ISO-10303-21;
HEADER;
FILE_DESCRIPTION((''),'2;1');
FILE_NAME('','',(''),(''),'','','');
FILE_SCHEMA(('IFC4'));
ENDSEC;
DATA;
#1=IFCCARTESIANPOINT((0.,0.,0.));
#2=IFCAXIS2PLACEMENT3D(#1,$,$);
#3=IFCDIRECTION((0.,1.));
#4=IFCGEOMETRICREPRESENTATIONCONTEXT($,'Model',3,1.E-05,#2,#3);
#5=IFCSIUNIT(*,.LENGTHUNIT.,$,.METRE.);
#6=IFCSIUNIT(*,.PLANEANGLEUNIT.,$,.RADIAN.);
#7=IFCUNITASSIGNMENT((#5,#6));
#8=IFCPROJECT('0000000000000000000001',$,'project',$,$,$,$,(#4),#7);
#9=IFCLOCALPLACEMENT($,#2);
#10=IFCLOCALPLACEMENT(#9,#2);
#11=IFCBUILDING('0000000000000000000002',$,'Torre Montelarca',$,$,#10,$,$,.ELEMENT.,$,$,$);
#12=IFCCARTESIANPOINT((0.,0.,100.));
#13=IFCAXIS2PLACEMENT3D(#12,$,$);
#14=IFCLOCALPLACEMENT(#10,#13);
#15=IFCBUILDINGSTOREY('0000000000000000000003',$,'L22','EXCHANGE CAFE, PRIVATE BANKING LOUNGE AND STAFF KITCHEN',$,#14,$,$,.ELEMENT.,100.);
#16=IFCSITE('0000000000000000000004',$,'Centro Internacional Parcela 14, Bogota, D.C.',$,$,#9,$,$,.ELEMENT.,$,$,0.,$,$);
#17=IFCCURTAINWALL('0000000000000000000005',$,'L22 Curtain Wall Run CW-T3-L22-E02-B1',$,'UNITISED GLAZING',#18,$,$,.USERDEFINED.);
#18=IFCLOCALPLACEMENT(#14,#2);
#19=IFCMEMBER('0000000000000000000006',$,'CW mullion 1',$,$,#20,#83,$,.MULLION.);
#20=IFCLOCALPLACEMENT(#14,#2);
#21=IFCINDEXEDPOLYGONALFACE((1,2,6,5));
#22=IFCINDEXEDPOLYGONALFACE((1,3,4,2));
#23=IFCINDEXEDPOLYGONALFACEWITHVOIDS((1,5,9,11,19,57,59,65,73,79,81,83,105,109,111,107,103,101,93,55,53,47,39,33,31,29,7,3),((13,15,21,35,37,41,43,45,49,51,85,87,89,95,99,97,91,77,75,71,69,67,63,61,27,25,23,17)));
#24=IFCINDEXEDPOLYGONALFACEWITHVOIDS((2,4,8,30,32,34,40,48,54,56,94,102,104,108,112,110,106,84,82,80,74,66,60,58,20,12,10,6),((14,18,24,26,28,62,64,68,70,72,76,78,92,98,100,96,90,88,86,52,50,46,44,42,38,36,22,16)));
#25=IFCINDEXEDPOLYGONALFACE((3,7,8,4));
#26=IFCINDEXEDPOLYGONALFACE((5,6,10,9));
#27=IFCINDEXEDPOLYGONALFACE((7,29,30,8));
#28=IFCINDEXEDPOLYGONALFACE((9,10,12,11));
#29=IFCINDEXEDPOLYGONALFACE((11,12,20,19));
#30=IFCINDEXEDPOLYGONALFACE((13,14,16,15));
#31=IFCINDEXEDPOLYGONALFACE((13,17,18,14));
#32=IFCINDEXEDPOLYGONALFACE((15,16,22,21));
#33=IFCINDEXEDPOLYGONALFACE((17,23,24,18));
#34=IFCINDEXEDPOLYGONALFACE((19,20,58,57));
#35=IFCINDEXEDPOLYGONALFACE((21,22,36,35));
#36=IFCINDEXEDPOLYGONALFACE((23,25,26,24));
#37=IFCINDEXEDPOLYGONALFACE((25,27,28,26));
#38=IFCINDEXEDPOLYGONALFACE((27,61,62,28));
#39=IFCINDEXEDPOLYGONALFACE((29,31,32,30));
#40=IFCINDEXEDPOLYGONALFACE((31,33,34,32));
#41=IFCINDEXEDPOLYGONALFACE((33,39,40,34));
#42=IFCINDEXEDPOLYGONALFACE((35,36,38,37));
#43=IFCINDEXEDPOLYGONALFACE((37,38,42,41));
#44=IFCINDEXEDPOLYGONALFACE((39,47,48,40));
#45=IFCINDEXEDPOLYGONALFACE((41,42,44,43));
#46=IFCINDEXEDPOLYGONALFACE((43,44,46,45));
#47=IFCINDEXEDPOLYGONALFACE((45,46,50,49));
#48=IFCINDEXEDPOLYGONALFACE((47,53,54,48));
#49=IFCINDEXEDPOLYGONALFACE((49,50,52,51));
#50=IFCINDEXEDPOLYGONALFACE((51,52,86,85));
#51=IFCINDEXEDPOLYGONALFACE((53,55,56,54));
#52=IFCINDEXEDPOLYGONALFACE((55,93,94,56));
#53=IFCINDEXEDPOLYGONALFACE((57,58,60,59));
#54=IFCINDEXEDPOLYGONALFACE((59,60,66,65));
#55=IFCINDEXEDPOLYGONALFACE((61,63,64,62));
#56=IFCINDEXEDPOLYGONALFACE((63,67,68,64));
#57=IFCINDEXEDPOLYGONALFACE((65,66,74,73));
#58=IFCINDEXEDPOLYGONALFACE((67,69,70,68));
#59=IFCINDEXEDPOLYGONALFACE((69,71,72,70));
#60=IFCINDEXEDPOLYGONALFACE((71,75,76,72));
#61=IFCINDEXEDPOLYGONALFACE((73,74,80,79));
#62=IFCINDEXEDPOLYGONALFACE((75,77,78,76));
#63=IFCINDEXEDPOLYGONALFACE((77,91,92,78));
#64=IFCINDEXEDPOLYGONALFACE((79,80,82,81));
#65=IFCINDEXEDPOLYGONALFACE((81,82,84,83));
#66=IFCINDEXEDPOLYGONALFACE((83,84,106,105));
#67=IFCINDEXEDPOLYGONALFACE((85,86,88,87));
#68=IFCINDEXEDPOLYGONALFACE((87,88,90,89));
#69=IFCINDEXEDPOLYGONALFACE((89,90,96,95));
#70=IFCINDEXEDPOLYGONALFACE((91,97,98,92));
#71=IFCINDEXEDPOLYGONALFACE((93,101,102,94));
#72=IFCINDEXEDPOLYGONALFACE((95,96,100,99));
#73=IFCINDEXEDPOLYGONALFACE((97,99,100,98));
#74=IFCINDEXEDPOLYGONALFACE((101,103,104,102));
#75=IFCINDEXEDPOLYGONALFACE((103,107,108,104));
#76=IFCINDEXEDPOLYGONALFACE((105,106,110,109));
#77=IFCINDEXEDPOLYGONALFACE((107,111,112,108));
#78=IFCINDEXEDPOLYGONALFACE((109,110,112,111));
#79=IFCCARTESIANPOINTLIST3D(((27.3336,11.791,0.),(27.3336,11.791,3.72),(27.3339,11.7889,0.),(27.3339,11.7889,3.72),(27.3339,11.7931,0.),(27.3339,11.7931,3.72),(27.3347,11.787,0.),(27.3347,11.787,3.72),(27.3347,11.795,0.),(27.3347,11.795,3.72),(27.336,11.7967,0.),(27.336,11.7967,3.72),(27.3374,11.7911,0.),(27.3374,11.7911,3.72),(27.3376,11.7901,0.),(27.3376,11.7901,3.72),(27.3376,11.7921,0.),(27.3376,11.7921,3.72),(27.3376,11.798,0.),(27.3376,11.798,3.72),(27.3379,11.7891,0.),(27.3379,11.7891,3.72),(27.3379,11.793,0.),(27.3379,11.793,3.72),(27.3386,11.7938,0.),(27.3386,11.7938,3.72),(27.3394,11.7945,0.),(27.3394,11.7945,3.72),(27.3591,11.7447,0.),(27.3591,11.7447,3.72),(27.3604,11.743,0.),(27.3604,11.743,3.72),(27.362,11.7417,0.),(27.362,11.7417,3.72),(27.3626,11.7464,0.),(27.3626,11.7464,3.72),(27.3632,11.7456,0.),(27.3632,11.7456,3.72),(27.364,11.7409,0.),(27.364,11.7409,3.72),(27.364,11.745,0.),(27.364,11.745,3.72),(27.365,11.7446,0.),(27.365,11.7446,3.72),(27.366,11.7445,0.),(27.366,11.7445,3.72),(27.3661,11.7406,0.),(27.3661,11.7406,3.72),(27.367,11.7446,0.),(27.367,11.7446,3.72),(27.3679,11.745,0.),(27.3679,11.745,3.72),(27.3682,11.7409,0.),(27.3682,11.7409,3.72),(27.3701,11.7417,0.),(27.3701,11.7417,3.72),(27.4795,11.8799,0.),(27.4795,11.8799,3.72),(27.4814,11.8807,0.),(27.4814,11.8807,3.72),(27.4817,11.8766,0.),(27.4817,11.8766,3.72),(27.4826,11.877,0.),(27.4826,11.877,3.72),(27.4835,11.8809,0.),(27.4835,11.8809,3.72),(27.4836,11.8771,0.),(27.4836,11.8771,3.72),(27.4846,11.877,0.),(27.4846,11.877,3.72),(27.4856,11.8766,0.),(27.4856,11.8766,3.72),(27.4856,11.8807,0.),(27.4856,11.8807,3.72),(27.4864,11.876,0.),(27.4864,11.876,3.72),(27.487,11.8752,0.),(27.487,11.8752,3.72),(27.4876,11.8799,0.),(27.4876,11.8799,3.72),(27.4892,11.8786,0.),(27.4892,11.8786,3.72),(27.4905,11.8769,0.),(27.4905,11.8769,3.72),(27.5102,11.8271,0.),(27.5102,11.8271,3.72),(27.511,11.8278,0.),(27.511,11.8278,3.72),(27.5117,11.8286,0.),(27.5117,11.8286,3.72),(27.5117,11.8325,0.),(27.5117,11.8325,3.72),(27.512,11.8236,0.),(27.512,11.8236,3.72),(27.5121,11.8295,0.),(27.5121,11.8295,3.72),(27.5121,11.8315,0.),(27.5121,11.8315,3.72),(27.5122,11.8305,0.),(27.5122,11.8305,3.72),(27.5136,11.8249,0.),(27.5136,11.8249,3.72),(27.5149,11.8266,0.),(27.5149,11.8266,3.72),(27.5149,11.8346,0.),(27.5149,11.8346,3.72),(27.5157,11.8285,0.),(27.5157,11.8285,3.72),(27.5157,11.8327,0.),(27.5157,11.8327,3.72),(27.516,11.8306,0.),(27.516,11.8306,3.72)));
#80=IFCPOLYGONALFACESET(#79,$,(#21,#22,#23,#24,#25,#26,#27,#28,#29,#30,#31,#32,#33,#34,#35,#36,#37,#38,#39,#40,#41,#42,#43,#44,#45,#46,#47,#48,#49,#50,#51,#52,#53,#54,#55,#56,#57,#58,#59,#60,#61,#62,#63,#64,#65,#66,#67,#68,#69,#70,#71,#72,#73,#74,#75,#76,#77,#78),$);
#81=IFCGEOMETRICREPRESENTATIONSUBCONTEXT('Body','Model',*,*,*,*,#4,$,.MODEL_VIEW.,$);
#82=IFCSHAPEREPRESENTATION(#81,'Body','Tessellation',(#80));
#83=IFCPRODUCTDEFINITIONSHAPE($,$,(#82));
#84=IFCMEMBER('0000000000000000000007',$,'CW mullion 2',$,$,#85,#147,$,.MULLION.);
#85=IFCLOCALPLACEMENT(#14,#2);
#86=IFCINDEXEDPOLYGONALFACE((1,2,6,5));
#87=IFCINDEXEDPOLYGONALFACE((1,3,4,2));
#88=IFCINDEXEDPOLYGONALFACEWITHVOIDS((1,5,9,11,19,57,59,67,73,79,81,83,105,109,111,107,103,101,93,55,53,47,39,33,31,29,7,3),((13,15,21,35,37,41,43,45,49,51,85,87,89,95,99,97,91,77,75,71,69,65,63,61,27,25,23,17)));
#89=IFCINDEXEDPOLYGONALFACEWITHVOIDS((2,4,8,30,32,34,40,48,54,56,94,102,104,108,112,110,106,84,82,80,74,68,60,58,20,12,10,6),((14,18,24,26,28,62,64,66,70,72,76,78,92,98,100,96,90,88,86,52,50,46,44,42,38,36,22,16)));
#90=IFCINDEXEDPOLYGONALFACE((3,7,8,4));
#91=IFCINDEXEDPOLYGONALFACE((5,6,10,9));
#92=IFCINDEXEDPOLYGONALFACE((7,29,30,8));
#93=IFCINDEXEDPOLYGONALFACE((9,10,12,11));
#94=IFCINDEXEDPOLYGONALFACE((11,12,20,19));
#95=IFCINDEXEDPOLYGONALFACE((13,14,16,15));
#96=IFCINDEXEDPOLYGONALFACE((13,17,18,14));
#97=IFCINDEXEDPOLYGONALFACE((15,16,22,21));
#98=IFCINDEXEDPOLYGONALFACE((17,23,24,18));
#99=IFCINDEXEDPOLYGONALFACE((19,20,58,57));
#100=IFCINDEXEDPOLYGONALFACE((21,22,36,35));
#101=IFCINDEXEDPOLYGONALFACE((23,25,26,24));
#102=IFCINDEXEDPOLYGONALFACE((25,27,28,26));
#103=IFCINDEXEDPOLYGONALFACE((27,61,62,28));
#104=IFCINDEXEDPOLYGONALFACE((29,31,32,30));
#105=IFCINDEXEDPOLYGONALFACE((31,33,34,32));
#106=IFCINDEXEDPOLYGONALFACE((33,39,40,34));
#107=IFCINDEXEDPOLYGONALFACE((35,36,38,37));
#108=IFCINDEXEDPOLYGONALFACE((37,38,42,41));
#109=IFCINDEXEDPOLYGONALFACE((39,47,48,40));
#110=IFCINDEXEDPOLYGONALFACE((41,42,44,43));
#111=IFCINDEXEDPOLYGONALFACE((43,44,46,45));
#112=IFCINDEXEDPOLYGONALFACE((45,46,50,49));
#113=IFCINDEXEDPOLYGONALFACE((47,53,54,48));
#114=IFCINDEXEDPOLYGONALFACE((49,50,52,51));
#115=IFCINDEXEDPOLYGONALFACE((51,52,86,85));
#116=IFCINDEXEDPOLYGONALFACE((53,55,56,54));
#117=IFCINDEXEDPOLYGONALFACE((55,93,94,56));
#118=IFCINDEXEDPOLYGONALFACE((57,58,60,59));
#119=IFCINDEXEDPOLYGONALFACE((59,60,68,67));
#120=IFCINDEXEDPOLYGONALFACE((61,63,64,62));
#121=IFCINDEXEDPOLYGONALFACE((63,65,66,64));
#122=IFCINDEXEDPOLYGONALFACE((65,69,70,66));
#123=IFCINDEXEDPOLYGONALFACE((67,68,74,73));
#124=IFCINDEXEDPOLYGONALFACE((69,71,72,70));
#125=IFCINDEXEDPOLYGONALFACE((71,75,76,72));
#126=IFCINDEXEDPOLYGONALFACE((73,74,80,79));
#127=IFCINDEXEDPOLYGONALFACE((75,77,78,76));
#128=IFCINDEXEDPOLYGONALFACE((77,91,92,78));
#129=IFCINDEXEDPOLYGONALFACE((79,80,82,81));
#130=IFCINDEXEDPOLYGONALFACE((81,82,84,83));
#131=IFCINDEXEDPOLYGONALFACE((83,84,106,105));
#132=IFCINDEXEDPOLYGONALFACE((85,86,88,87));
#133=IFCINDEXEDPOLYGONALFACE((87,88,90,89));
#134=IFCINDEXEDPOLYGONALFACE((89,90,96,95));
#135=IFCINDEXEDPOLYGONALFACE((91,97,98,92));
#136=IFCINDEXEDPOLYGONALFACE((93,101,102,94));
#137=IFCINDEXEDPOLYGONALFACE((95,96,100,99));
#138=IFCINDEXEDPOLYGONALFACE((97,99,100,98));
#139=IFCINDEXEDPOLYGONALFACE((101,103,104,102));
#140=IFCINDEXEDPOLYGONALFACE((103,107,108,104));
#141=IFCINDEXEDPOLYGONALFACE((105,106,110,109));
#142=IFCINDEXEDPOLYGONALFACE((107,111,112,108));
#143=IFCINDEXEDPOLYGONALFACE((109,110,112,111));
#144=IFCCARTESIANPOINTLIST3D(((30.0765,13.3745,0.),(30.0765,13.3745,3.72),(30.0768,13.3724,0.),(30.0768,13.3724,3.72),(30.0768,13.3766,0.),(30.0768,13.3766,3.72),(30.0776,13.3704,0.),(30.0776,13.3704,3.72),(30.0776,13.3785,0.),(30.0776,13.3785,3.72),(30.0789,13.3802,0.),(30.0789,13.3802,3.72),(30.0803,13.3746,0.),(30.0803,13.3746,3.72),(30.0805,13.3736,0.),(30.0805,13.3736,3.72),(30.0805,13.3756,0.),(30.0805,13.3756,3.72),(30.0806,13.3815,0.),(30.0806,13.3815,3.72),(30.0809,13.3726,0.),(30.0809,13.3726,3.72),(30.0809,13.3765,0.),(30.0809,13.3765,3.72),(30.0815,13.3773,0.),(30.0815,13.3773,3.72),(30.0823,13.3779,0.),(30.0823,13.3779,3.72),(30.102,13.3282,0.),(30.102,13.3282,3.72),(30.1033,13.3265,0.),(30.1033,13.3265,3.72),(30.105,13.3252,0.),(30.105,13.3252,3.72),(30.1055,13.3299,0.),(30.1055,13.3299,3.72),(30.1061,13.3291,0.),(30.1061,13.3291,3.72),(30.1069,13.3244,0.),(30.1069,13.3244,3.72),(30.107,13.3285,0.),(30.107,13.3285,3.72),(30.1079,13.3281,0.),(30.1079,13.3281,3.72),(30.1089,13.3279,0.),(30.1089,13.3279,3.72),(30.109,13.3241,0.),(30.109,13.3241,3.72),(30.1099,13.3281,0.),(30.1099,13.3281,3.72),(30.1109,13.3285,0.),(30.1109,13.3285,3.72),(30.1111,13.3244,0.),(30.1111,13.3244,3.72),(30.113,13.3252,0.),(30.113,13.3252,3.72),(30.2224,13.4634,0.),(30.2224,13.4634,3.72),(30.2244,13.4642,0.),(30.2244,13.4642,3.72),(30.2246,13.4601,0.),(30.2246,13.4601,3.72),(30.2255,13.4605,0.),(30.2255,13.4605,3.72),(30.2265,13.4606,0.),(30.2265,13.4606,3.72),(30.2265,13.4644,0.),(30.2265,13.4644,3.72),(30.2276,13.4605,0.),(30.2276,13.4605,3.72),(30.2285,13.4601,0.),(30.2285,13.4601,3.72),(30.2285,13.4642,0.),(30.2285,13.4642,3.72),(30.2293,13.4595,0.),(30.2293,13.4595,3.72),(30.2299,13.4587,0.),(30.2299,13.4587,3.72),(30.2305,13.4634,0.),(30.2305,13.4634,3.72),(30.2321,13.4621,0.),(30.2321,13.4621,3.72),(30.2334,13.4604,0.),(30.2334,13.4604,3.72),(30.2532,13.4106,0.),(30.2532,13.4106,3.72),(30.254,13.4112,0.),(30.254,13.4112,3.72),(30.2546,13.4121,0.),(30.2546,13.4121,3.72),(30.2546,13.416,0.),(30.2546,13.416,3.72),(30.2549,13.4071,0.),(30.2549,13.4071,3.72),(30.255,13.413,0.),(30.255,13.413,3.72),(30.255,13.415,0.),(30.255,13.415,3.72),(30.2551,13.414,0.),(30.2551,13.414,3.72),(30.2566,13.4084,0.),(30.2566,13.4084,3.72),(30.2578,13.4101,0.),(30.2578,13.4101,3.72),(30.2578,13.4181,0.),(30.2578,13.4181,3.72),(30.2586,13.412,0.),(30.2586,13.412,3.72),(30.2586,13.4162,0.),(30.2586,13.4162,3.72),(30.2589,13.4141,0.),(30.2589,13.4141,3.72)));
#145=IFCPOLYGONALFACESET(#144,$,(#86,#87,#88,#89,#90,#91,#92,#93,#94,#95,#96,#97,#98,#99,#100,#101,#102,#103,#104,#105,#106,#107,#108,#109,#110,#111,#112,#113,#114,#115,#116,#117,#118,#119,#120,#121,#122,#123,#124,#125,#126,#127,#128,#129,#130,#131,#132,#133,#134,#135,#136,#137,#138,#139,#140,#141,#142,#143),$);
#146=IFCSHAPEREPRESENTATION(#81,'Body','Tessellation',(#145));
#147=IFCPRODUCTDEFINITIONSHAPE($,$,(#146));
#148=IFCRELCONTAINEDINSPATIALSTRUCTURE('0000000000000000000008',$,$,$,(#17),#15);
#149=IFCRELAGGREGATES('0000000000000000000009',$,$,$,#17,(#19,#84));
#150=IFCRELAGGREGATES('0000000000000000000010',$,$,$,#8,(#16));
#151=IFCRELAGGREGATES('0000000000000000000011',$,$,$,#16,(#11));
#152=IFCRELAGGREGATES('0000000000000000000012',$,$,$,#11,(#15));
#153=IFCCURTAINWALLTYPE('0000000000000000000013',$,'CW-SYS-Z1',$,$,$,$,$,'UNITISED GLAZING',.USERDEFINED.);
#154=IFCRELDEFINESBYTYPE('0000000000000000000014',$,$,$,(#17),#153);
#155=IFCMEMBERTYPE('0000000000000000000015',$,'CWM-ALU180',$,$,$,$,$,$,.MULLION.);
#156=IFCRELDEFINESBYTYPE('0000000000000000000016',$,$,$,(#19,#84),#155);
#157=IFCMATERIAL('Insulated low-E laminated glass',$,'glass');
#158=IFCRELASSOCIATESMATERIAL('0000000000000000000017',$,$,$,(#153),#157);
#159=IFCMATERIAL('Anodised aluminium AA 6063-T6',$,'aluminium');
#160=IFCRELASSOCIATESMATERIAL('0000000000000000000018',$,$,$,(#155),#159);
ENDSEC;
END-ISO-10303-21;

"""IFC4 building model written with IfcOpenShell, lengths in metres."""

from ifc_helpers import new_model, si_unit, direction, frame, origin, origin_2d, place, context, subcontext, project, spatial, hollow_rectangle, extrude, source, transform, mapped, material, material_profile, profile_set, type_object, element, aggregate, save


model = new_model("IFC4")

# Units and contexts
model_context = context("Model", 3, precision=1e-05, world=origin(), true_north=direction((0.0, 1.0)))
body_context = subcontext(model_context, "Body", "Model", "MODEL_VIEW")
ifc_project = project(units=[si_unit("LENGTHUNIT", "METRE"), si_unit("PLANEANGLEUNIT", "RADIAN")], contexts=[model_context])

# Site, building, storey
site_placement = place(None, origin())
site = spatial("IfcSite", under=ifc_project, at=site_placement, Name="Centro Internacional Parcela 14, Bogota, D.C.", CompositionType="ELEMENT", RefElevation=0.0)
building_placement = place(site_placement, origin())
building = spatial("IfcBuilding", under=site, at=building_placement, Name="Torre Montelarca", CompositionType="ELEMENT")
storey_placement = place(building_placement, frame((0.0, 0.0, 100.0)))
storey = spatial("IfcBuildingStorey", under=building, at=storey_placement, Name="L22", Description="EXCHANGE CAFE, PRIVATE BANKING LOUNGE AND STAFF KITCHEN", CompositionType="ELEMENT", Elevation=100.0)

# Curtain wall
ifc_material_1 = material(Name="Insulated low-E laminated glass", Category="glass")
curtain_wall_type = type_object("IfcCurtainWallType", Name="CW-SYS-Z1", ElementType="UNITISED GLAZING", PredefinedType="USERDEFINED", material=ifc_material_1)
ifc_material_2 = material(Name="Anodised aluminium AA 6063-T6", Category="aluminium")
curtain_wall_1_placement = place(storey_placement, origin())
curtain_wall_1 = element("IfcCurtainWall", 1, at=curtain_wall_1_placement, inside=storey, type_object=curtain_wall_type, Name="L22 Curtain Wall Run CW-T3-L22-E02-B1", ObjectType="UNITISED GLAZING", PredefinedType="USERDEFINED")

# Members
ifc_material_profile_1 = material_profile(ifc_material_2, hollow_rectangle(XDim=0.0649, YDim=0.1799, WallThickness=0.0039, InnerFilletRadius=0.0039, OuterFilletRadius=0.0081, at=origin_2d()), Name="ALU65X180X4", Category="aluminium")
ifc_profile_set_1 = profile_set([ifc_material_profile_1], Name="Anodised aluminium AA 6063-T6")
member_type_1 = type_object("IfcMemberType", Name="CWM-ALU180", PredefinedType="MULLION", material=ifc_profile_set_1)
shared_shape_1 = source(origin(), body_context, "Body", "SweptSolid", [
    extrude(hollow_rectangle(XDim=0.0649, YDim=0.1799, WallThickness=0.0039, InnerFilletRadius=0.0039, OuterFilletRadius=0.0081, at=origin_2d()), origin(), (0.0, 0.0, 1.0), 3.72),
])
member_1_placement = place(storey_placement, frame((27.4248, 11.8108, 0.0), z_axis=(0.0, 0.0, 1.0), x_axis=(-0.500001, 0.866025, 0.0)))
member_1 = element("IfcMember", 2, at=member_1_placement, type_object=member_type_1, Name="CW mullion 1", PredefinedType="MULLION", context=body_context, shape_type="MappedRepresentation", body=[
    mapped(shared_shape_1, transform((0.0, 0.0, 0.0), scale=1.0)),
])
member_2_placement = place(storey_placement, frame((30.1677, 13.3943, 0.0), z_axis=(0.0, 0.0, 1.0), x_axis=(-0.500001, 0.866025, 0.0)))
member_2 = element("IfcMember", 3, at=member_2_placement, type_object=member_type_1, Name="CW mullion 2", PredefinedType="MULLION", context=body_context, shape_type="MappedRepresentation", body=[
    mapped(shared_shape_1, transform((0.0, 0.0, 0.0), scale=1.0)),
])

aggregate(curtain_wall_1, [member_1, member_2])

save(model, "model.ifc")
